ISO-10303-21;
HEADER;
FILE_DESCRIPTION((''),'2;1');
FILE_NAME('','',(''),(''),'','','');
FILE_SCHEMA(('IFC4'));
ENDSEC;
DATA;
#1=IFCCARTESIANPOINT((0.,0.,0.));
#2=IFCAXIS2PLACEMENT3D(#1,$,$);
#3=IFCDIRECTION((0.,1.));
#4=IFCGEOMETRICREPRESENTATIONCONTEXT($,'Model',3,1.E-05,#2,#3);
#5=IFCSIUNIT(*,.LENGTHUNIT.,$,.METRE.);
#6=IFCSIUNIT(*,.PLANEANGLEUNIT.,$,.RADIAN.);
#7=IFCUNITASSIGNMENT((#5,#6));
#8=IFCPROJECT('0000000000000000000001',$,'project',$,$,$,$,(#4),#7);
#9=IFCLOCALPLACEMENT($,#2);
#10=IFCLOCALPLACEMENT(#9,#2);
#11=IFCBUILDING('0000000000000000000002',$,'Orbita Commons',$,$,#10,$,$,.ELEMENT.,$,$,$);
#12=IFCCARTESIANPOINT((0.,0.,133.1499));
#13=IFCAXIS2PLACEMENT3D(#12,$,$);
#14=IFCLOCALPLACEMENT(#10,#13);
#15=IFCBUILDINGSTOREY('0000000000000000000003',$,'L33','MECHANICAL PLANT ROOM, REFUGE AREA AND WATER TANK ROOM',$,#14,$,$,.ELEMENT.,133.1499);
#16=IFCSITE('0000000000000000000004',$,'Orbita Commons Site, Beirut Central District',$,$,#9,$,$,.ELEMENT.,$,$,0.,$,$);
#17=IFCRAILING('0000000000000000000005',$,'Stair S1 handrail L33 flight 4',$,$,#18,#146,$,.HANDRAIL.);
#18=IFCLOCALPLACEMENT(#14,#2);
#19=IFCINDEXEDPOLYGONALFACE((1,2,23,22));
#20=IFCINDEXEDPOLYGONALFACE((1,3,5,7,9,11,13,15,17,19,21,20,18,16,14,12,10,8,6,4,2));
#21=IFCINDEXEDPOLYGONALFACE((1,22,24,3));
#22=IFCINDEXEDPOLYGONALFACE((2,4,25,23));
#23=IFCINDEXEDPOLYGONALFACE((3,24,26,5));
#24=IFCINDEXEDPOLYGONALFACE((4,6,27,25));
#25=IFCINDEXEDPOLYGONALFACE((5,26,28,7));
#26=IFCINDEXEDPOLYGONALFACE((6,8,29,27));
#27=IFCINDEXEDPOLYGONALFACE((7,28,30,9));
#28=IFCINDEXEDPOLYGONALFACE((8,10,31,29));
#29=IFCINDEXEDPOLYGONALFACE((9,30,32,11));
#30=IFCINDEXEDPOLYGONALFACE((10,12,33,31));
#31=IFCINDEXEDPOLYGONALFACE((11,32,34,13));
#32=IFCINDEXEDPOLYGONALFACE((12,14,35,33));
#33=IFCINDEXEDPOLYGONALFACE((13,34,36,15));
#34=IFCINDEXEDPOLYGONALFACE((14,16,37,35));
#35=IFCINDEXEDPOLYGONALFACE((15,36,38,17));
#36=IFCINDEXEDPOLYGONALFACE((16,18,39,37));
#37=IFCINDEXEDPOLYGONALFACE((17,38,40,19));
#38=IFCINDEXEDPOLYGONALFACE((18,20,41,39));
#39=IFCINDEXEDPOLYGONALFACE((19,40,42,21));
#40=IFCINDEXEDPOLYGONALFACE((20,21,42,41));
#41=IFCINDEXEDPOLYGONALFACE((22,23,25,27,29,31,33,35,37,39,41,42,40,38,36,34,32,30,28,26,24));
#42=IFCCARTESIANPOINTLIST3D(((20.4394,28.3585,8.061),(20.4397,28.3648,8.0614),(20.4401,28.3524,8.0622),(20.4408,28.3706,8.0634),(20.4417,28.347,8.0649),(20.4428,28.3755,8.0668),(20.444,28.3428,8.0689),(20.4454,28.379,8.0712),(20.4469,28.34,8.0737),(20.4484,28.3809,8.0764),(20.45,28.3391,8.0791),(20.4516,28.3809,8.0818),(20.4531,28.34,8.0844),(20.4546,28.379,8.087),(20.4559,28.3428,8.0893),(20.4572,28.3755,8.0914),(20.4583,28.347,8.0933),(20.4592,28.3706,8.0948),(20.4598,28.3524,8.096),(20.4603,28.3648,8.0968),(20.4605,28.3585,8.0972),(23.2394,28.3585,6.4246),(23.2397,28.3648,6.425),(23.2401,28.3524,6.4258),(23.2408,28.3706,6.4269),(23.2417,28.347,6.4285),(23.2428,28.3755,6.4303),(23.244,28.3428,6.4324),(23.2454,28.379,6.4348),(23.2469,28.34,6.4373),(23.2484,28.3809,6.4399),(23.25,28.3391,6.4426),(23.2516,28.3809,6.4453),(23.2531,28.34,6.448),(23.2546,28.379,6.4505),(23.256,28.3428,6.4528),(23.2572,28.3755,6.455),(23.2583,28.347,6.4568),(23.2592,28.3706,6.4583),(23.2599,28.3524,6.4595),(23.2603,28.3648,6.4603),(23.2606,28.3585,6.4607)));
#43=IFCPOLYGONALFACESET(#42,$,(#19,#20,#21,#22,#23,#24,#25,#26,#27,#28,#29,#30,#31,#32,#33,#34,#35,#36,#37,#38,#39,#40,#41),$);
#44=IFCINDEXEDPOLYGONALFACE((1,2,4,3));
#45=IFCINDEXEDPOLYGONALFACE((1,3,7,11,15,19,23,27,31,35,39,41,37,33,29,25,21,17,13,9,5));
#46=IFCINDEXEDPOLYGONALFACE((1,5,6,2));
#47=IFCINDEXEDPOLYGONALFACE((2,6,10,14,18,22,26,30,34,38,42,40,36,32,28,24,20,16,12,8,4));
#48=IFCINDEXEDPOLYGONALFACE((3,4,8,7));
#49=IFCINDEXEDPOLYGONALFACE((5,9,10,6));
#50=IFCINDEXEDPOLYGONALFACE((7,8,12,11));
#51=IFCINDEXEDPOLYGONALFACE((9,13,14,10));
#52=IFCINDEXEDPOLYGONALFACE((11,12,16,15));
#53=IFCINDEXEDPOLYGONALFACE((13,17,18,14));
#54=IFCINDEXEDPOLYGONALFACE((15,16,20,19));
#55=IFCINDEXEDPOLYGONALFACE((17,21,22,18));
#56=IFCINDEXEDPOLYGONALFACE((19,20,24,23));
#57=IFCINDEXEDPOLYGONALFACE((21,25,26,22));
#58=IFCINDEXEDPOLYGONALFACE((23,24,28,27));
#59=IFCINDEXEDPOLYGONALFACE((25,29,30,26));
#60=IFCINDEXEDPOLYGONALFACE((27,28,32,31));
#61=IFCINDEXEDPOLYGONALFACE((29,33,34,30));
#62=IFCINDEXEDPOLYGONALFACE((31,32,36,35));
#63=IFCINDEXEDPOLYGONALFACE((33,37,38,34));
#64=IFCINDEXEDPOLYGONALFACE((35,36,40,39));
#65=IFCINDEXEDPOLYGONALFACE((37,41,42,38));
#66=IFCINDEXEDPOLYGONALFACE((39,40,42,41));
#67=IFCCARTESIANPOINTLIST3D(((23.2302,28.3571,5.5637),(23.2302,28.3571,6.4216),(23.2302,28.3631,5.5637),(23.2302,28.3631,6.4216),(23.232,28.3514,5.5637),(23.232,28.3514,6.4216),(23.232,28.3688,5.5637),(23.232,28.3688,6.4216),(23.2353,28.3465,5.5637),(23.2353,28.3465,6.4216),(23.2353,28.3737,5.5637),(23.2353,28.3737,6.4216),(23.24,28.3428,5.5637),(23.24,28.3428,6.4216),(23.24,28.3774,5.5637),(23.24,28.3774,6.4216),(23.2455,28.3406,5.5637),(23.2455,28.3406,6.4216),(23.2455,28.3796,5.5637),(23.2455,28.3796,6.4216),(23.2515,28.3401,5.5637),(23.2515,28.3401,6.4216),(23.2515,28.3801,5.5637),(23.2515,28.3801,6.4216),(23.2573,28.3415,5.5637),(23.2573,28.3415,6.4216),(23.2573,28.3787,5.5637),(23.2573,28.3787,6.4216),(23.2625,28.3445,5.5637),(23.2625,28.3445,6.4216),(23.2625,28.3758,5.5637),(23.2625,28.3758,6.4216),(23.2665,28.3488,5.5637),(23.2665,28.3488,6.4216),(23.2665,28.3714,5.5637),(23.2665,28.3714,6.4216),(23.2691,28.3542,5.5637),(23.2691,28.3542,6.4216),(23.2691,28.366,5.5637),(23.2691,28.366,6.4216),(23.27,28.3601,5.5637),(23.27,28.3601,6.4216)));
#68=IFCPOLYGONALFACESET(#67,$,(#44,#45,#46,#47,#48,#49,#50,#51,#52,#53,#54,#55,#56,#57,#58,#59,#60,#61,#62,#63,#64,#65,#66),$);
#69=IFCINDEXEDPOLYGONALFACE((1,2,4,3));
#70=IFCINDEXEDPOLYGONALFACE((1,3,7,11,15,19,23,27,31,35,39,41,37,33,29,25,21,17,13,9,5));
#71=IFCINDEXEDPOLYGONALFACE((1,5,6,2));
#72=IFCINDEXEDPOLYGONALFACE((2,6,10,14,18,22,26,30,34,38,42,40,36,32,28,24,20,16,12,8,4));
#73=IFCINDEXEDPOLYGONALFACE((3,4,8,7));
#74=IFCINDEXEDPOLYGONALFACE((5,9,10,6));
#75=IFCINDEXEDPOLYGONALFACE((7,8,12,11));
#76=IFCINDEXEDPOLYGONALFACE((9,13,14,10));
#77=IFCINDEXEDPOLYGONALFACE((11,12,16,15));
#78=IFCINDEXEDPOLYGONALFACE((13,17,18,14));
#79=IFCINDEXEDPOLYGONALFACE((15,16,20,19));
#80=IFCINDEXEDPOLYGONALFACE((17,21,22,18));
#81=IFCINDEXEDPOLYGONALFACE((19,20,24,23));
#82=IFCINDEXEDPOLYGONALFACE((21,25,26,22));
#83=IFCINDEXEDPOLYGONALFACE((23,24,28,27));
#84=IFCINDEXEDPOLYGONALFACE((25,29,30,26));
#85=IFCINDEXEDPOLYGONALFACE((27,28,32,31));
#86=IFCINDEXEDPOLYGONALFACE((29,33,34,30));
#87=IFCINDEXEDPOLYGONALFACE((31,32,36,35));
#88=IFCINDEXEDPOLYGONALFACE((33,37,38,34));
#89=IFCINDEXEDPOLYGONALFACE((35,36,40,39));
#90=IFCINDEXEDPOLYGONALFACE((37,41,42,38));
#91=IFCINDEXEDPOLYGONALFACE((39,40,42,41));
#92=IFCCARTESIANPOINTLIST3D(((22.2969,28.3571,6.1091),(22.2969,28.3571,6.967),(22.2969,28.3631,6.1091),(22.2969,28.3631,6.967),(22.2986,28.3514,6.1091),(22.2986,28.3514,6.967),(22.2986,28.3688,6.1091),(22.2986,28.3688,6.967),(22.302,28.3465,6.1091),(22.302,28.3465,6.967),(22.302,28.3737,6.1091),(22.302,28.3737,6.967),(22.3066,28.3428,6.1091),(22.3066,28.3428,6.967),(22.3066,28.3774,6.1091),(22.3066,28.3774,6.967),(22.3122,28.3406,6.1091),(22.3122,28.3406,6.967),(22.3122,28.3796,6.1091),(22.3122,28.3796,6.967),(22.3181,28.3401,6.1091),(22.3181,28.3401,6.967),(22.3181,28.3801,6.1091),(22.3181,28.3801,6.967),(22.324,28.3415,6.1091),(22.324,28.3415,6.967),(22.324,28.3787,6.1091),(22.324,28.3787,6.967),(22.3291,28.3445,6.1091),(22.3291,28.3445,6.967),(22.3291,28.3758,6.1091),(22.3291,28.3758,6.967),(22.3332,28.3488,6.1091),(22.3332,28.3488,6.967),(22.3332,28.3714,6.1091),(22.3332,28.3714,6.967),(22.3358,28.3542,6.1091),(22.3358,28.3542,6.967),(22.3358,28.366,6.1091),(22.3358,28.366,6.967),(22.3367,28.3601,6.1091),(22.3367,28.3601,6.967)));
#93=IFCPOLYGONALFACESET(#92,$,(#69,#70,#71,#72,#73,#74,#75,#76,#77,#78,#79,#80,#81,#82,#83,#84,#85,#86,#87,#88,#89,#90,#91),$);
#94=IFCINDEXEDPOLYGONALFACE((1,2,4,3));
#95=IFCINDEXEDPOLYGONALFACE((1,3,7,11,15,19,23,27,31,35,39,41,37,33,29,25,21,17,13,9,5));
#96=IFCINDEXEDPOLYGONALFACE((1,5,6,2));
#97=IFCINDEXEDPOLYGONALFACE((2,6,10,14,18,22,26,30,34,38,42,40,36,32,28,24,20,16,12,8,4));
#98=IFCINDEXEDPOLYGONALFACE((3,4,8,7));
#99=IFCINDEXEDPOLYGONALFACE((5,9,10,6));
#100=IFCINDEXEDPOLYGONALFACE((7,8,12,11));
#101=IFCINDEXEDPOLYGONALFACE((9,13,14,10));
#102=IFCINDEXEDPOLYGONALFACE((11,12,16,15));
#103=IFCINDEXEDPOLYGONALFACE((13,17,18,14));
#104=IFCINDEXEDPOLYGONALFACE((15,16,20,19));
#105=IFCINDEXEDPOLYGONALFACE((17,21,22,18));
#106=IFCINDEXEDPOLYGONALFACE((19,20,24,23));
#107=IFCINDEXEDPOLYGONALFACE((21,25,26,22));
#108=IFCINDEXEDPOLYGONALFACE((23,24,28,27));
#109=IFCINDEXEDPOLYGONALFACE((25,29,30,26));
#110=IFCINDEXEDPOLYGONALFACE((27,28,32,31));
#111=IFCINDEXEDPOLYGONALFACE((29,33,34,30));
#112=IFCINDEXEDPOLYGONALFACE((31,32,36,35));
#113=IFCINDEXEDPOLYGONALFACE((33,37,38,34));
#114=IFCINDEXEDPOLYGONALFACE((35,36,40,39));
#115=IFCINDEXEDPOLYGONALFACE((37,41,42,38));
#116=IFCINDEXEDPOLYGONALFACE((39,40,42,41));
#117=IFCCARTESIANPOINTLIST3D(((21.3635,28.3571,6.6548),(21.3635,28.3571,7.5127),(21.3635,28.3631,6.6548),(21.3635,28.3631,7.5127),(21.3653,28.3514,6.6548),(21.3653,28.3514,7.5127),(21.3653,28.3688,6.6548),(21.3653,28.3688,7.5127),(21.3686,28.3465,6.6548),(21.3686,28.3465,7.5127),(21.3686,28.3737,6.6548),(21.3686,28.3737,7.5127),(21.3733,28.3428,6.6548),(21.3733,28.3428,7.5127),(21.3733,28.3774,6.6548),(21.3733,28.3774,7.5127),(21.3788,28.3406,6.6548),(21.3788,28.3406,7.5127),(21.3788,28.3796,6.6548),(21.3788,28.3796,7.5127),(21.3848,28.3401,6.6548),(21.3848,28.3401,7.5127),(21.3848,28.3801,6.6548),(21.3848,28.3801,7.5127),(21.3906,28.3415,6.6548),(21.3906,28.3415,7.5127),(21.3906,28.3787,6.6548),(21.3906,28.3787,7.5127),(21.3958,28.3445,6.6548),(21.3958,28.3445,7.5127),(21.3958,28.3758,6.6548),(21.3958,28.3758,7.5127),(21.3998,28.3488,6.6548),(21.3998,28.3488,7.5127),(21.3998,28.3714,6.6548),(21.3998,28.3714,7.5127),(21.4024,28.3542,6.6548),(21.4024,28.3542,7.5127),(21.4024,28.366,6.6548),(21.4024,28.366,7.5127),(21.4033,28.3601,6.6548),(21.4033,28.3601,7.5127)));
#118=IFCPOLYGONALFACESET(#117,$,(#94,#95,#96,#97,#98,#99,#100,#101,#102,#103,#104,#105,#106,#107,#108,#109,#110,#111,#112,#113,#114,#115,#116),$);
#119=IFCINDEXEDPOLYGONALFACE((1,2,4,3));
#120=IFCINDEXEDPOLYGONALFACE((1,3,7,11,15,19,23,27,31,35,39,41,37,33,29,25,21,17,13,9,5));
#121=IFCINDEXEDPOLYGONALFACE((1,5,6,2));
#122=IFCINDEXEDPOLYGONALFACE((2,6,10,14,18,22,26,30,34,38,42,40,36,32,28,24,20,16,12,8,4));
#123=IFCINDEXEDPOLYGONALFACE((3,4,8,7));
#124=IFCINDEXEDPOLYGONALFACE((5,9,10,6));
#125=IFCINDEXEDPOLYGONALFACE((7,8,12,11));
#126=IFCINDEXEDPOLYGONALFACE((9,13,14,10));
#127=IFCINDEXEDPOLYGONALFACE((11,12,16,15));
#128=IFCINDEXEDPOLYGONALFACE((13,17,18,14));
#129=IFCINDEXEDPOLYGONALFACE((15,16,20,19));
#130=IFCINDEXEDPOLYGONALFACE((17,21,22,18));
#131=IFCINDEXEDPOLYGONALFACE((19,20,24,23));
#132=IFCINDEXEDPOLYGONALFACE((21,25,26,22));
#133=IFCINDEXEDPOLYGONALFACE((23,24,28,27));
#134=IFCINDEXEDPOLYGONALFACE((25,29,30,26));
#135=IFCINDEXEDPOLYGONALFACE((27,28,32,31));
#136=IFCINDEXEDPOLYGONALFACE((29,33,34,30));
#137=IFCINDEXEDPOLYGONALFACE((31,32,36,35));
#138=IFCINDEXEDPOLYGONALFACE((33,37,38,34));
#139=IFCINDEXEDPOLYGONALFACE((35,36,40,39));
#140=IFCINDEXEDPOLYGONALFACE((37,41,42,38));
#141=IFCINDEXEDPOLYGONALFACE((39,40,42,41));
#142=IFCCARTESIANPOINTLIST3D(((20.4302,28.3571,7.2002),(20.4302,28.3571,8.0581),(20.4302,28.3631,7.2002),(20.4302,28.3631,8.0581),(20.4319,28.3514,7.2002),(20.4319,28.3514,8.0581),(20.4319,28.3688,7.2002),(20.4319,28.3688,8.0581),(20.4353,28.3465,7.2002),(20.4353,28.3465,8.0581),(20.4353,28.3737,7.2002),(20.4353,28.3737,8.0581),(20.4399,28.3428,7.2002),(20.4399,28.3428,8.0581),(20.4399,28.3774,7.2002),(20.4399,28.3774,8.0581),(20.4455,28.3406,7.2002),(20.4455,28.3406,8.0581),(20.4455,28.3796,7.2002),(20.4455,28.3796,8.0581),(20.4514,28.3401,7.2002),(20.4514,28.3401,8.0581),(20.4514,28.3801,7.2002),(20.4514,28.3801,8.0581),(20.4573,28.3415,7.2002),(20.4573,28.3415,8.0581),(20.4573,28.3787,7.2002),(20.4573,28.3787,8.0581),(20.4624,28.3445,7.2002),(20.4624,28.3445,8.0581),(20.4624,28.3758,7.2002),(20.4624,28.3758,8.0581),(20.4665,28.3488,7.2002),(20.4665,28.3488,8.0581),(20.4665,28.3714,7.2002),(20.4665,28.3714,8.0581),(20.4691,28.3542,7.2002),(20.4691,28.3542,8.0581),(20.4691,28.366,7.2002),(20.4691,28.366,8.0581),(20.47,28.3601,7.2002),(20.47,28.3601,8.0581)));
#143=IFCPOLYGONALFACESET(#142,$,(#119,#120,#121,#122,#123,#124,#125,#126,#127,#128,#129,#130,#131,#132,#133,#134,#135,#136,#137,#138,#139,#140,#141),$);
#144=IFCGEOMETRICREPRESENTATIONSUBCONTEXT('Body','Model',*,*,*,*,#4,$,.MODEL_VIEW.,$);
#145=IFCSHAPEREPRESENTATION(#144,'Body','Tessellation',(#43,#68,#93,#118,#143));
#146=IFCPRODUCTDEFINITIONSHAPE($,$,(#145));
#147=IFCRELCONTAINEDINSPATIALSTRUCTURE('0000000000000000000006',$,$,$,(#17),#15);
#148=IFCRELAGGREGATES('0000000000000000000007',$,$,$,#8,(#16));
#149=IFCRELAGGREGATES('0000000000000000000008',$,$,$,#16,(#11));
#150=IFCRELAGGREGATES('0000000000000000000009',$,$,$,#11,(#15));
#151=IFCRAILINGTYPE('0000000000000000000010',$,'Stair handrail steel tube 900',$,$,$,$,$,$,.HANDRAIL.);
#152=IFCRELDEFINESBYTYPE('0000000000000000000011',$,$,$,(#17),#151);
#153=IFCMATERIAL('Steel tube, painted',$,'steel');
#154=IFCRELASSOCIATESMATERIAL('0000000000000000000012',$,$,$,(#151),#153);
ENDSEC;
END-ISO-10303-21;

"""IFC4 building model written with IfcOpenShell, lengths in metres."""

from ifc_helpers import new_model, si_unit, direction, frame, origin, origin_2d, place, context, subcontext, project, spatial, circle, extrude, material, type_object, element, save


model = new_model("IFC4")

# Units and contexts
model_context = context("Model", 3, precision=1e-05, world=origin(), true_north=direction((0.0, 1.0)))
body_context = subcontext(model_context, "Body", "Model", "MODEL_VIEW")
ifc_project = project(units=[si_unit("LENGTHUNIT", "METRE"), si_unit("PLANEANGLEUNIT", "RADIAN")], contexts=[model_context])

# Site, building, storey
site_placement = place(None, origin())
site = spatial("IfcSite", under=ifc_project, at=site_placement, Name="Orbita Commons Site, Beirut Central District", CompositionType="ELEMENT", RefElevation=0.0)
building_placement = place(site_placement, origin())
building = spatial("IfcBuilding", under=site, at=building_placement, Name="Orbita Commons", CompositionType="ELEMENT")
storey_placement = place(building_placement, frame((0.0, 0.0, 133.1499)))
storey = spatial("IfcBuildingStorey", under=building, at=storey_placement, Name="L33", Description="MECHANICAL PLANT ROOM, REFUGE AREA AND WATER TANK ROOM", CompositionType="ELEMENT", Elevation=133.1499)

# Railing
ifc_material_1 = material(Name="Steel tube, painted", Category="steel")
railing_type = type_object("IfcRailingType", Name="Stair handrail steel tube 900", PredefinedType="HANDRAIL", material=ifc_material_1)
railing_1_placement = place(storey_placement, frame((23.25, 28.3601, 5.5637)))
element("IfcRailing", 1, at=railing_1_placement, inside=storey, type_object=railing_type, Name="Stair S1 handrail L33 flight 4", PredefinedType="HANDRAIL", context=body_context, shape_type="SweptSolid", body=[
    extrude(circle(Radius=0.021, at=origin_2d()), frame((0.0, 0.0, 0.8789), z_axis=(-0.863361, 0.0, 0.504587), x_axis=(0.0, -1.0, 0.0)), (0.0, 0.0, 1.0), 3.2432),
    extrude(circle(Radius=0.02, at=origin_2d()), origin(), (0.0, 0.0, 1.0), 0.8579),
    extrude(circle(Radius=0.02, at=origin_2d()), frame((-0.9333, 0.0, 0.5454)), (0.0, 0.0, 1.0), 0.8579),
    extrude(circle(Radius=0.02, at=origin_2d()), frame((-1.8667, 0.0, 1.0911)), (0.0, 0.0, 1.0), 0.8579),
    extrude(circle(Radius=0.02, at=origin_2d()), frame((-2.8, 0.0, 1.6365)), (0.0, 0.0, 1.0), 0.8579),
])

save(model, "model.ifc")
